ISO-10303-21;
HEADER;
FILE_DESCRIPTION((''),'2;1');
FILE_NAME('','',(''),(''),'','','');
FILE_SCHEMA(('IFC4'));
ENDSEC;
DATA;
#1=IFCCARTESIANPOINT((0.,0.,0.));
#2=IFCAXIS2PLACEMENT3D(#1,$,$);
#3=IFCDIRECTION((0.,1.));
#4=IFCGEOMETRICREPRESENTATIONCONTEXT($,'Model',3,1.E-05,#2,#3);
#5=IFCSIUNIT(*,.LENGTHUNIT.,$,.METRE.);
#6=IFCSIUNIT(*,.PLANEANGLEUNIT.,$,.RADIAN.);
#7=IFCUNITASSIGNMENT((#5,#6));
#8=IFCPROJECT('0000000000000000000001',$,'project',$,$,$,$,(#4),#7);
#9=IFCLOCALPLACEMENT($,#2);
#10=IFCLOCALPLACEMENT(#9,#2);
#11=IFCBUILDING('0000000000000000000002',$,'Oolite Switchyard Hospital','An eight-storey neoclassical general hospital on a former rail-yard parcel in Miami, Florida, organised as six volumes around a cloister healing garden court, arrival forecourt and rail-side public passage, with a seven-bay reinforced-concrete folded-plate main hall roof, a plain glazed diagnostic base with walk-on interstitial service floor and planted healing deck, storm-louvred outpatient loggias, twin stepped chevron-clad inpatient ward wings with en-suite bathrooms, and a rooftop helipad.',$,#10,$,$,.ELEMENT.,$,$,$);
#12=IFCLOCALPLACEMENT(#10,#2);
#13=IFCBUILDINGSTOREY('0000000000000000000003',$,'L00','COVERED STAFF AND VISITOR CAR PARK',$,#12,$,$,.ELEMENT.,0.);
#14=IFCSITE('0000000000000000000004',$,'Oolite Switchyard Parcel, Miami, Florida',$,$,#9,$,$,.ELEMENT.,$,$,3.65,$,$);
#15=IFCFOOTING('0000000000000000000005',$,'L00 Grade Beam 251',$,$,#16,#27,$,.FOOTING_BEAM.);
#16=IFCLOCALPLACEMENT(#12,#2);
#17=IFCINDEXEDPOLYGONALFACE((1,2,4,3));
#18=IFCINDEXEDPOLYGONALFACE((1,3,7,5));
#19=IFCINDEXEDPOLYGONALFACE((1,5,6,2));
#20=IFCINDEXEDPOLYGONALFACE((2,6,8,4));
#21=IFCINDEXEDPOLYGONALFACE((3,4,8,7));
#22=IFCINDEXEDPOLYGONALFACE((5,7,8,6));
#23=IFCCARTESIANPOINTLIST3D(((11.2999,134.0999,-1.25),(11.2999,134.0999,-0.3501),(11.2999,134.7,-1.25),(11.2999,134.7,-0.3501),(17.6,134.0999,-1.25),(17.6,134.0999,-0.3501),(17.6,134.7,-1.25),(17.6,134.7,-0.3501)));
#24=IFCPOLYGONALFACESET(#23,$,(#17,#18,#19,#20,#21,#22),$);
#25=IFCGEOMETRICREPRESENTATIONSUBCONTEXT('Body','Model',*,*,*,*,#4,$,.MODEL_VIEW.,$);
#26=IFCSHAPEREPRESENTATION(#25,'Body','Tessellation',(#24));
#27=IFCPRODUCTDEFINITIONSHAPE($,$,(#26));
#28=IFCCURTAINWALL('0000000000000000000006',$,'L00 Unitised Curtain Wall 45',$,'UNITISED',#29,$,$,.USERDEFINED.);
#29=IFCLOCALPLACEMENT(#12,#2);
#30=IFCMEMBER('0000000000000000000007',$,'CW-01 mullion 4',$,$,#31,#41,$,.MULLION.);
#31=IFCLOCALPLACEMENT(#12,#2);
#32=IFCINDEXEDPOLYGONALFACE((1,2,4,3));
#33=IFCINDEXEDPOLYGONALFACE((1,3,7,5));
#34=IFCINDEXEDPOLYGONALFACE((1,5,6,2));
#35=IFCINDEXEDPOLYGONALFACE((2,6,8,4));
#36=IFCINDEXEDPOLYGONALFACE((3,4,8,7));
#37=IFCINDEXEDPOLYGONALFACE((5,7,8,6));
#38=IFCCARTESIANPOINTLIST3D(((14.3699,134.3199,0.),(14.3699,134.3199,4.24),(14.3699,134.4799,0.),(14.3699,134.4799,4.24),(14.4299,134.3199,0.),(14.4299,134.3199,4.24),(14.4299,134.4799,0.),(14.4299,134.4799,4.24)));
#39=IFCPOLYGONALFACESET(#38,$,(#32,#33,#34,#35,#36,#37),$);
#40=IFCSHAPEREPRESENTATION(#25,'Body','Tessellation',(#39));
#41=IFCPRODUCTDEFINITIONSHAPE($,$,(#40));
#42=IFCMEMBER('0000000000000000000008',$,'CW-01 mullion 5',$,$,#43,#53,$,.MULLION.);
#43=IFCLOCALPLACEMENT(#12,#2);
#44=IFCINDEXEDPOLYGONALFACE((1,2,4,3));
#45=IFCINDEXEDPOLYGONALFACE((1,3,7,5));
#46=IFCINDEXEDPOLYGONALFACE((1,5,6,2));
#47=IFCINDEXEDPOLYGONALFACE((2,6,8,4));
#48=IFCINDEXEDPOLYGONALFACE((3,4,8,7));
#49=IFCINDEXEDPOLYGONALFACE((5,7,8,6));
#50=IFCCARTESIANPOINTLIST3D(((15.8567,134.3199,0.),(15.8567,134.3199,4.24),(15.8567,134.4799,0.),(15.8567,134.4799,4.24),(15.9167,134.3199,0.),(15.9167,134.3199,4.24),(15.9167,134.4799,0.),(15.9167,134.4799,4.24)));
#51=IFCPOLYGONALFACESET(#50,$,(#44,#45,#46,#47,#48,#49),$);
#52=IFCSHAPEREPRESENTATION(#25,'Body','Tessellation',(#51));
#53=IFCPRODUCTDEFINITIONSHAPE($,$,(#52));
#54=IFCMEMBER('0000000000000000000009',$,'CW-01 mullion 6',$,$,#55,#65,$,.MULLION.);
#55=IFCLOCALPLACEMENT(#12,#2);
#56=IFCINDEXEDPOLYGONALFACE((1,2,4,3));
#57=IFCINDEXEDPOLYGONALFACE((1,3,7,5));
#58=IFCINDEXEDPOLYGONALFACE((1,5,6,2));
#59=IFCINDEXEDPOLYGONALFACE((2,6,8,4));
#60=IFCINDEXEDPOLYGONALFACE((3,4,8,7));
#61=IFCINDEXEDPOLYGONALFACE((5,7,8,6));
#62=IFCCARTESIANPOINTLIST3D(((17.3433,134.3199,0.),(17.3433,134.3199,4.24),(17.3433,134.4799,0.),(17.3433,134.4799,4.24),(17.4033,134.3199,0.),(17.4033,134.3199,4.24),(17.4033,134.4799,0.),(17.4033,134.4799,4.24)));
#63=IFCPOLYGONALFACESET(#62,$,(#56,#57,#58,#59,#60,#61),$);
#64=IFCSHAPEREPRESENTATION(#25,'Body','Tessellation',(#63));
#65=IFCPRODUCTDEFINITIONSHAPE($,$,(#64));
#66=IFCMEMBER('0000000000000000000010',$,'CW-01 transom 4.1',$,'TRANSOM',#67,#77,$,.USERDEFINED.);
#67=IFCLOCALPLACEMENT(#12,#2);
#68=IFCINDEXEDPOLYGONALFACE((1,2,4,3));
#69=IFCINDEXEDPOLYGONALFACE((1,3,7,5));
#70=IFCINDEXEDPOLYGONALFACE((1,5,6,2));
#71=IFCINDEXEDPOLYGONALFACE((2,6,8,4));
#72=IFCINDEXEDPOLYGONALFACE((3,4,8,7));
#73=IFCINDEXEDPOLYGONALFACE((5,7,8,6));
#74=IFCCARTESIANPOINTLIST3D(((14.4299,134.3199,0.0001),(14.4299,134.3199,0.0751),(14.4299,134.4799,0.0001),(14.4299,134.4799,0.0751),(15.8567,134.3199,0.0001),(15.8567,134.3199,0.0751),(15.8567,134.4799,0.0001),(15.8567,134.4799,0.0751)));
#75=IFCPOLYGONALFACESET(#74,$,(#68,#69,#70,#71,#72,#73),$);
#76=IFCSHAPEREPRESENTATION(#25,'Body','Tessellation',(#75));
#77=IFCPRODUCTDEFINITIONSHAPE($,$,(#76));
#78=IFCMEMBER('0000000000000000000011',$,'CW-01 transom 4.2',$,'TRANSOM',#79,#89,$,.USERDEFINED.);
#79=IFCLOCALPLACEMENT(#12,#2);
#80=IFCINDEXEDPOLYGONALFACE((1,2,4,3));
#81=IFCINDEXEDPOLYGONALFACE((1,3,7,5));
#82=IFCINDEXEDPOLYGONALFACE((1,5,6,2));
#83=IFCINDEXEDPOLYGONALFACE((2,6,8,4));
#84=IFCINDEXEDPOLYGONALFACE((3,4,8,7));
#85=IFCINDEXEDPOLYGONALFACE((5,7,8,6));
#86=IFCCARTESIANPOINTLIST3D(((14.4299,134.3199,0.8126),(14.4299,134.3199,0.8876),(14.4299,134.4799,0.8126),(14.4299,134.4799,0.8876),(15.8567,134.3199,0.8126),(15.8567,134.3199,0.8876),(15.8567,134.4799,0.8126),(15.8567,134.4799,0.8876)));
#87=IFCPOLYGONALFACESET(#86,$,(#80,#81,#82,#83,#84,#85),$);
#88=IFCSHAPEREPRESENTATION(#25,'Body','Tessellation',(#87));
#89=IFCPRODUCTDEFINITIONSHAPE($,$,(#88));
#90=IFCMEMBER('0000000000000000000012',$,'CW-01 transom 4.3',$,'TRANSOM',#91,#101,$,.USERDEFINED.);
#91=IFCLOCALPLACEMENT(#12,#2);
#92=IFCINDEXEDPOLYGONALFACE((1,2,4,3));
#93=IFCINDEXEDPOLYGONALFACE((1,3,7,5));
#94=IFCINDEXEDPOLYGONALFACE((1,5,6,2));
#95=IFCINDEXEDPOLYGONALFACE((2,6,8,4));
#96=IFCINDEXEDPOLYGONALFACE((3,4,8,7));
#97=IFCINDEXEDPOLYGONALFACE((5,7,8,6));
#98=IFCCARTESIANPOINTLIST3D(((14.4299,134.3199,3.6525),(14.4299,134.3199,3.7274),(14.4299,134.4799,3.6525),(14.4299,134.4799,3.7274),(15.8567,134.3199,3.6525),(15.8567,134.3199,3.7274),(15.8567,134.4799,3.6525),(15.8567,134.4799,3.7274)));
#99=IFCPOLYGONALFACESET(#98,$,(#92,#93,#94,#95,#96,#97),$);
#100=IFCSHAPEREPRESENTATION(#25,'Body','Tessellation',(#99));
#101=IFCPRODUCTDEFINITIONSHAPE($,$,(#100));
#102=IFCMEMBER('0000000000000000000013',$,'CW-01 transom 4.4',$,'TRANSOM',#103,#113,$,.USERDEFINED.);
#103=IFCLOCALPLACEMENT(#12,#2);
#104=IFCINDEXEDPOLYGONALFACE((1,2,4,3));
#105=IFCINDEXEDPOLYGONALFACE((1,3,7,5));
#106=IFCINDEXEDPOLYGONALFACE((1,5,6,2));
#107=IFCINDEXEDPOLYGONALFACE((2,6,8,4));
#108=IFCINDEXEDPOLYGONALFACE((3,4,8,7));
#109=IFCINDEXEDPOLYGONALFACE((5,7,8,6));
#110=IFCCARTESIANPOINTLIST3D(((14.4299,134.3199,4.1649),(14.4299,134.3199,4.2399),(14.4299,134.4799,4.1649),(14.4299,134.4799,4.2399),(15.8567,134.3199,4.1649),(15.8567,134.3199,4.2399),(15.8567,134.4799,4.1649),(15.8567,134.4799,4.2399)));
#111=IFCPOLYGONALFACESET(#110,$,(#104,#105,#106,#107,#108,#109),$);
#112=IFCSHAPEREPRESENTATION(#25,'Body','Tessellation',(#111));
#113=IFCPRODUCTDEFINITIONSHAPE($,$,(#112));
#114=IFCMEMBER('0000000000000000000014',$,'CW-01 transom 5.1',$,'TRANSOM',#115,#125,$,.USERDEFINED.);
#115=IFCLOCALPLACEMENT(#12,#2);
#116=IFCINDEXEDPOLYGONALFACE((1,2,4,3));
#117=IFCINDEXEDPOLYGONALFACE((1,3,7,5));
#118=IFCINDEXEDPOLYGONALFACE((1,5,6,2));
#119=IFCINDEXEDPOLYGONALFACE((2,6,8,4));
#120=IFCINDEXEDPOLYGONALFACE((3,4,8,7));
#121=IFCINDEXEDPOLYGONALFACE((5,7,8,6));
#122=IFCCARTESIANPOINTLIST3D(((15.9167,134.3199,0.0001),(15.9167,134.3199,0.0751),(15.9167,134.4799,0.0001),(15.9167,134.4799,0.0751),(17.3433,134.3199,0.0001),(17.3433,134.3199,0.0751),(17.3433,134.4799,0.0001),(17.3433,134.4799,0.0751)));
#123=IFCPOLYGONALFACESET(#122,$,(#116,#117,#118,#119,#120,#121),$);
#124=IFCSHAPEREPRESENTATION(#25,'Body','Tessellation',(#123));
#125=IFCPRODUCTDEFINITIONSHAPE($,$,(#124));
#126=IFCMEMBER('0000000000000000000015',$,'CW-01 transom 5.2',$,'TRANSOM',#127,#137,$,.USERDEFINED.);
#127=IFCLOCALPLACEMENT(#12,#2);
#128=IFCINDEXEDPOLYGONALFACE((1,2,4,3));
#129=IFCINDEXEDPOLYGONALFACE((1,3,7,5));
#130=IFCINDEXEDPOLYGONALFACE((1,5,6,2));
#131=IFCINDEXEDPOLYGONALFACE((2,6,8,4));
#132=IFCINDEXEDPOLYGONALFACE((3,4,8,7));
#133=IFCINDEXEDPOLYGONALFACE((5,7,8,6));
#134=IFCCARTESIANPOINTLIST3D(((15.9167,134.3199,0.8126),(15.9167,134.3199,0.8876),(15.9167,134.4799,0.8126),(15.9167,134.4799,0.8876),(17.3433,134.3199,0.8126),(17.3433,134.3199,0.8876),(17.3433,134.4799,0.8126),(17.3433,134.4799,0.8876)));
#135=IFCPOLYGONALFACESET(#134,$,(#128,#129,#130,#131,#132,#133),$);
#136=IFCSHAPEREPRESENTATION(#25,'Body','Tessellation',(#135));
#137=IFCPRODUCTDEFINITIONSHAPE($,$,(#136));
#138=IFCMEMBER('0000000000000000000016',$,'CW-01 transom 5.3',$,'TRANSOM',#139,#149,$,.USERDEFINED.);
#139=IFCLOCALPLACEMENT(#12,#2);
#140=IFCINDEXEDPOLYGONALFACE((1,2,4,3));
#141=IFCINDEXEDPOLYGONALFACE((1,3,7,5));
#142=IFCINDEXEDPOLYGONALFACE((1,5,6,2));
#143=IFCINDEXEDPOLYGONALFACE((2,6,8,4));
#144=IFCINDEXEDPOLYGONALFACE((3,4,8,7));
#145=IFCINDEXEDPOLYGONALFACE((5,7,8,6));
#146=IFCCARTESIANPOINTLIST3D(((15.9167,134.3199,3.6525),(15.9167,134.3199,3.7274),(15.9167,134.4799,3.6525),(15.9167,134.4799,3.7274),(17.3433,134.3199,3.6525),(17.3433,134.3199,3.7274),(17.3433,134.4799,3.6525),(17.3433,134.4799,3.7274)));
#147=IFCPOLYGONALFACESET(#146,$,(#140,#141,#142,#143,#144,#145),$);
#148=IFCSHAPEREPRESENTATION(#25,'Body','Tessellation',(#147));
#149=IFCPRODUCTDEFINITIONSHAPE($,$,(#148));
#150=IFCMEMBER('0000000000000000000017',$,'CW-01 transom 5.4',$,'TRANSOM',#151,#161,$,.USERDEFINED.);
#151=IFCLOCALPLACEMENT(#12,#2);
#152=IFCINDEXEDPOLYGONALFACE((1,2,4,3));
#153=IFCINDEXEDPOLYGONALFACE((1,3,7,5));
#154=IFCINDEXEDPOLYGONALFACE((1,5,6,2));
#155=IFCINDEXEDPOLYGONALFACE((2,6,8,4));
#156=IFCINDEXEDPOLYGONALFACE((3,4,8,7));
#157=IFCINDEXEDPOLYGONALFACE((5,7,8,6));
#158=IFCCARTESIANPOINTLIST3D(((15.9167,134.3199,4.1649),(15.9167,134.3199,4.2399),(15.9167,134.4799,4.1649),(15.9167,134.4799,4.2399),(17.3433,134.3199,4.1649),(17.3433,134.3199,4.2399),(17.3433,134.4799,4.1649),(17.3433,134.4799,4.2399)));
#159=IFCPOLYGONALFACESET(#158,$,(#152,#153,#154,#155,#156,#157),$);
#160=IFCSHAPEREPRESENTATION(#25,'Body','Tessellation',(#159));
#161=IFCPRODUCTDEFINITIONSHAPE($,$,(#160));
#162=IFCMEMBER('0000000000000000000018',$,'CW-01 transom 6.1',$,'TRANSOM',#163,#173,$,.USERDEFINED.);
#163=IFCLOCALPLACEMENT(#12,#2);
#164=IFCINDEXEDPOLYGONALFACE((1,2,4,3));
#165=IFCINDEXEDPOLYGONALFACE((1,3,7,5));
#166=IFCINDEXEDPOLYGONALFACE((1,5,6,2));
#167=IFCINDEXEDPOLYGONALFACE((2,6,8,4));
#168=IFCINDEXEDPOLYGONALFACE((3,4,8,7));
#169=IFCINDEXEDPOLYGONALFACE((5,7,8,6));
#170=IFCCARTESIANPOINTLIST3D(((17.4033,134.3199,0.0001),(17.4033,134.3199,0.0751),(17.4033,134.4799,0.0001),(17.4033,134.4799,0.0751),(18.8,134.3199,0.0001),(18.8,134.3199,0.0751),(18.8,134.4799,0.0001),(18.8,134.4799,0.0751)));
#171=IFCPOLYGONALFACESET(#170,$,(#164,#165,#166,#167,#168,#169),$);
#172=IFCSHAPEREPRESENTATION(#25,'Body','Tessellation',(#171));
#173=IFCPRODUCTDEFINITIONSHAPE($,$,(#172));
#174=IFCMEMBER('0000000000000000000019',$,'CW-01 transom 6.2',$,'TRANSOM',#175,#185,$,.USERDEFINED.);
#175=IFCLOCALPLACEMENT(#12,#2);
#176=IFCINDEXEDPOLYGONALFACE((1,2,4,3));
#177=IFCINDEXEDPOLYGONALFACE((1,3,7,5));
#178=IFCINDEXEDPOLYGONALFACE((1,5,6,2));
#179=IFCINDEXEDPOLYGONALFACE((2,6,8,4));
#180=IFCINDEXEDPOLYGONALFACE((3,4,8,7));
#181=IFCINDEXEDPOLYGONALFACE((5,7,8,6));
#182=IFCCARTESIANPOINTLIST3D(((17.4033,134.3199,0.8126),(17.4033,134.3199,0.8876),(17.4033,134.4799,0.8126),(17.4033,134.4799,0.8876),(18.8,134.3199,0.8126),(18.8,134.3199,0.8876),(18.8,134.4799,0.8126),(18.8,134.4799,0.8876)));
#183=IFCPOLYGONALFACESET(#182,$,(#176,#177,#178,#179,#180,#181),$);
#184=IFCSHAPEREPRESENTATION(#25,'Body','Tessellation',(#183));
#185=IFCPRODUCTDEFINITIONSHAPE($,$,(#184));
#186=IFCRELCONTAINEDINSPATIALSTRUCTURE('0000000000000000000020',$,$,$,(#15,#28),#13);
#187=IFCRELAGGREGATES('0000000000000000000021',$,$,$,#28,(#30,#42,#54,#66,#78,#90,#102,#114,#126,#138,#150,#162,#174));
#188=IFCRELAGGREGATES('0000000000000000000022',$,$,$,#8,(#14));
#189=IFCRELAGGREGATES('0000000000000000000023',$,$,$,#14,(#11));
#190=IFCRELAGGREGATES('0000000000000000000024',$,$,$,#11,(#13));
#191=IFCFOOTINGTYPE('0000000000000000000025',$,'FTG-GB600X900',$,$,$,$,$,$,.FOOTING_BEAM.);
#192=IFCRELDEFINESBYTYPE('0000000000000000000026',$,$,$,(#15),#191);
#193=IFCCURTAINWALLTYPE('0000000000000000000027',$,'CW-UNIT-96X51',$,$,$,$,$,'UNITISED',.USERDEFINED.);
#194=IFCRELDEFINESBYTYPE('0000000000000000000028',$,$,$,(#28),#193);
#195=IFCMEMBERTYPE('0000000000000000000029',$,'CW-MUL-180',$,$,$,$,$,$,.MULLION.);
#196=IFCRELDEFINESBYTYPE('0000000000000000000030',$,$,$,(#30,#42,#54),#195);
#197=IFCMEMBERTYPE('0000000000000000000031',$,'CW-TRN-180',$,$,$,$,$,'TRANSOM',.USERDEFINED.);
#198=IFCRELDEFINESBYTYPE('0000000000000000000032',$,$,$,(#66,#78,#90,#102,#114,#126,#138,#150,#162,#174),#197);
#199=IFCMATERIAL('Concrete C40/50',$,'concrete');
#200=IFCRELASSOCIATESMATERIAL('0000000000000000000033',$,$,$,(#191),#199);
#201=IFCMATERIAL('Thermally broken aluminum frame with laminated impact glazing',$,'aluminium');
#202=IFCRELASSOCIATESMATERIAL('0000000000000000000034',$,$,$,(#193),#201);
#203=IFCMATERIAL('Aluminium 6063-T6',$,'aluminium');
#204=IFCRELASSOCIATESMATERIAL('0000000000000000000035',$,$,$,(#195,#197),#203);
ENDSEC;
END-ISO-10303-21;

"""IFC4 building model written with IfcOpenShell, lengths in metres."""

from ifc_helpers import new_model, si_unit, direction, frame, origin, origin_2d, place, context, subcontext, project, spatial, rectangle, extrude, material, material_profile, profile_set, type_object, element, aggregate, save


model = new_model("IFC4")

# Units and contexts
model_context = context("Model", 3, precision=1e-05, world=origin(), true_north=direction((0.0, 1.0)))
body_context = subcontext(model_context, "Body", "Model", "MODEL_VIEW")
ifc_project = project(units=[si_unit("LENGTHUNIT", "METRE"), si_unit("PLANEANGLEUNIT", "RADIAN")], contexts=[model_context])

# Site, building, storey
site_placement = place(None, origin())
site = spatial("IfcSite", under=ifc_project, at=site_placement, Name="Oolite Switchyard Parcel, Miami, Florida", CompositionType="ELEMENT", RefElevation=3.65)
building_placement = place(site_placement, origin())
building = spatial("IfcBuilding", under=site, at=building_placement, Name="Oolite Switchyard Hospital", Description="An eight-storey neoclassical general hospital on a former rail-yard parcel in Miami, Florida, organised as six volumes around a cloister healing garden court, arrival forecourt and rail-side public passage, with a seven-bay reinforced-concrete folded-plate main hall roof, a plain glazed diagnostic base with walk-on interstitial service floor and planted healing deck, storm-louvred outpatient loggias, twin stepped chevron-clad inpatient ward wings with en-suite bathrooms, and a rooftop helipad.", CompositionType="ELEMENT")
storey_placement = place(building_placement, origin())
storey = spatial("IfcBuildingStorey", under=building, at=storey_placement, Name="L00", Description="COVERED STAFF AND VISITOR CAR PARK", CompositionType="ELEMENT", Elevation=0.0)

# Footing
ifc_material_1 = material(Name="Concrete C40/50", Category="concrete")
footing_type = type_object("IfcFootingType", Name="FTG-GB600X900", PredefinedType="FOOTING_BEAM", material=ifc_material_1)
footing_placement = place(storey_placement, frame((14.45, 134.3999, -1.25), z_axis=(0.0, 0.0, 1.0), x_axis=(1.0, 0.0, 0.0)))
element("IfcFooting", 1, at=footing_placement, inside=storey, type_object=footing_type, Name="L00 Grade Beam 251", PredefinedType="FOOTING_BEAM", context=body_context, shape_type="SweptSolid", body=[
    extrude(rectangle(XDim=6.3, YDim=0.6001, at=origin_2d()), origin(), (0.0, 0.0, 1.0), 0.8999),
])

# Curtain wall, members
ifc_material_2 = material(Name="Thermally broken aluminum frame with laminated impact glazing", Category="aluminium")
curtain_wall_type = type_object("IfcCurtainWallType", Name="CW-UNIT-96X51", ElementType="UNITISED", PredefinedType="USERDEFINED", material=ifc_material_2)
curtain_wall_placement = place(storey_placement, origin())
curtain_wall = element("IfcCurtainWall", 2, at=curtain_wall_placement, inside=storey, type_object=curtain_wall_type, Name="L00 Unitised Curtain Wall 45", ObjectType="UNITISED", PredefinedType="USERDEFINED")
ifc_material_3 = material(Name="Aluminium 6063-T6", Category="aluminium")
ifc_material_profile_1 = material_profile(ifc_material_3, rectangle(XDim=0.1599, YDim=0.0601, at=origin_2d()), Name="CWM60X160")
ifc_profile_set_1 = profile_set([ifc_material_profile_1], Name="Aluminium 6063-T6")
member_type_1 = type_object("IfcMemberType", Name="CW-MUL-180", PredefinedType="MULLION", material=ifc_profile_set_1)
member_1_placement = place(storey_placement, frame((14.3999, 134.3999, 0.0), z_axis=(0.0, 0.0, 1.0), x_axis=(0.0, 1.0, 0.0)))
member_1 = element("IfcMember", 3, at=member_1_placement, type_object=member_type_1, Name="CW-01 mullion 4", PredefinedType="MULLION", context=body_context, shape_type="SweptSolid", body=[
    extrude(rectangle(XDim=0.1599, YDim=0.0601, at=origin_2d()), origin(), (0.0, 0.0, 1.0), 4.24),
])
member_2_placement = place(storey_placement, frame((15.8867, 134.3999, 0.0), z_axis=(0.0, 0.0, 1.0), x_axis=(0.0, 1.0, 0.0)))
member_2 = element("IfcMember", 4, at=member_2_placement, type_object=member_type_1, Name="CW-01 mullion 5", PredefinedType="MULLION", context=body_context, shape_type="SweptSolid", body=[
    extrude(rectangle(XDim=0.1599, YDim=0.0601, at=origin_2d()), origin(), (0.0, 0.0, 1.0), 4.24),
])
member_3_placement = place(storey_placement, frame((17.3733, 134.3999, 0.0), z_axis=(0.0, 0.0, 1.0), x_axis=(0.0, 1.0, 0.0)))
member_3 = element("IfcMember", 5, at=member_3_placement, type_object=member_type_1, Name="CW-01 mullion 6", PredefinedType="MULLION", context=body_context, shape_type="SweptSolid", body=[
    extrude(rectangle(XDim=0.1599, YDim=0.0601, at=origin_2d()), origin(), (0.0, 0.0, 1.0), 4.24),
])
ifc_material_profile_2 = material_profile(ifc_material_3, rectangle(XDim=0.1599, YDim=0.075, at=origin_2d()), Name="CWT75X160")
ifc_profile_set_2 = profile_set([ifc_material_profile_2], Name="Aluminium 6063-T6")
member_type_2 = type_object("IfcMemberType", Name="CW-TRN-180", ElementType="TRANSOM", PredefinedType="USERDEFINED", material=ifc_profile_set_2)
member_4_placement = place(storey_placement, frame((14.4299, 134.3999, 0.0376), z_axis=(1.0, 0.0, 0.0), x_axis=(0.0, 1.0, 0.0)))
member_4 = element("IfcMember", 6, at=member_4_placement, type_object=member_type_2, Name="CW-01 transom 4.1", ObjectType="TRANSOM", PredefinedType="USERDEFINED", context=body_context, shape_type="SweptSolid", body=[
    extrude(rectangle(XDim=0.1599, YDim=0.075, at=origin_2d()), origin(), (0.0, 0.0, 1.0), 1.4268),
])
member_5_placement = place(storey_placement, frame((14.4299, 134.3999, 0.8501), z_axis=(1.0, 0.0, 0.0), x_axis=(0.0, 1.0, 0.0)))
member_5 = element("IfcMember", 7, at=member_5_placement, type_object=member_type_2, Name="CW-01 transom 4.2", ObjectType="TRANSOM", PredefinedType="USERDEFINED", context=body_context, shape_type="SweptSolid", body=[
    extrude(rectangle(XDim=0.1599, YDim=0.075, at=origin_2d()), origin(), (0.0, 0.0, 1.0), 1.4268),
])
member_6_placement = place(storey_placement, frame((14.4299, 134.3999, 3.6899), z_axis=(1.0, 0.0, 0.0), x_axis=(0.0, 1.0, 0.0)))
member_6 = element("IfcMember", 8, at=member_6_placement, type_object=member_type_2, Name="CW-01 transom 4.3", ObjectType="TRANSOM", PredefinedType="USERDEFINED", context=body_context, shape_type="SweptSolid", body=[
    extrude(rectangle(XDim=0.1599, YDim=0.075, at=origin_2d()), origin(), (0.0, 0.0, 1.0), 1.4268),
])
member_7_placement = place(storey_placement, frame((14.4299, 134.3999, 4.2024), z_axis=(1.0, 0.0, 0.0), x_axis=(0.0, 1.0, 0.0)))
member_7 = element("IfcMember", 9, at=member_7_placement, type_object=member_type_2, Name="CW-01 transom 4.4", ObjectType="TRANSOM", PredefinedType="USERDEFINED", context=body_context, shape_type="SweptSolid", body=[
    extrude(rectangle(XDim=0.1599, YDim=0.075, at=origin_2d()), origin(), (0.0, 0.0, 1.0), 1.4268),
])
member_8_placement = place(storey_placement, frame((15.9167, 134.3999, 0.0376), z_axis=(1.0, 0.0, 0.0), x_axis=(0.0, 1.0, 0.0)))
member_8 = element("IfcMember", 10, at=member_8_placement, type_object=member_type_2, Name="CW-01 transom 5.1", ObjectType="TRANSOM", PredefinedType="USERDEFINED", context=body_context, shape_type="SweptSolid", body=[
    extrude(rectangle(XDim=0.1599, YDim=0.075, at=origin_2d()), origin(), (0.0, 0.0, 1.0), 1.4265),
])
member_9_placement = place(storey_placement, frame((15.9167, 134.3999, 0.8501), z_axis=(1.0, 0.0, 0.0), x_axis=(0.0, 1.0, 0.0)))
member_9 = element("IfcMember", 11, at=member_9_placement, type_object=member_type_2, Name="CW-01 transom 5.2", ObjectType="TRANSOM", PredefinedType="USERDEFINED", context=body_context, shape_type="SweptSolid", body=[
    extrude(rectangle(XDim=0.1599, YDim=0.075, at=origin_2d()), origin(), (0.0, 0.0, 1.0), 1.4265),
])
member_10_placement = place(storey_placement, frame((15.9167, 134.3999, 3.6899), z_axis=(1.0, 0.0, 0.0), x_axis=(0.0, 1.0, 0.0)))
member_10 = element("IfcMember", 12, at=member_10_placement, type_object=member_type_2, Name="CW-01 transom 5.3", ObjectType="TRANSOM", PredefinedType="USERDEFINED", context=body_context, shape_type="SweptSolid", body=[
    extrude(rectangle(XDim=0.1599, YDim=0.075, at=origin_2d()), origin(), (0.0, 0.0, 1.0), 1.4265),
])
member_11_placement = place(storey_placement, frame((15.9167, 134.3999, 4.2024), z_axis=(1.0, 0.0, 0.0), x_axis=(0.0, 1.0, 0.0)))
member_11 = element("IfcMember", 13, at=member_11_placement, type_object=member_type_2, Name="CW-01 transom 5.4", ObjectType="TRANSOM", PredefinedType="USERDEFINED", context=body_context, shape_type="SweptSolid", body=[
    extrude(rectangle(XDim=0.1599, YDim=0.075, at=origin_2d()), origin(), (0.0, 0.0, 1.0), 1.4265),
])
member_12_placement = place(storey_placement, frame((17.4033, 134.3999, 0.0376), z_axis=(1.0, 0.0, 0.0), x_axis=(0.0, 1.0, 0.0)))
member_12 = element("IfcMember", 14, at=member_12_placement, type_object=member_type_2, Name="CW-01 transom 6.1", ObjectType="TRANSOM", PredefinedType="USERDEFINED", context=body_context, shape_type="SweptSolid", body=[
    extrude(rectangle(XDim=0.1599, YDim=0.075, at=origin_2d()), origin(), (0.0, 0.0, 1.0), 1.3967),
])
member_13_placement = place(storey_placement, frame((17.4033, 134.3999, 0.8501), z_axis=(1.0, 0.0, 0.0), x_axis=(0.0, 1.0, 0.0)))
member_13 = element("IfcMember", 15, at=member_13_placement, type_object=member_type_2, Name="CW-01 transom 6.2", ObjectType="TRANSOM", PredefinedType="USERDEFINED", context=body_context, shape_type="SweptSolid", body=[
    extrude(rectangle(XDim=0.1599, YDim=0.075, at=origin_2d()), origin(), (0.0, 0.0, 1.0), 1.3967),
])
aggregate(curtain_wall, [member_1, member_2, member_3, member_4, member_5, member_6, member_7, member_8, member_9, member_10, member_11, member_12, member_13])

save(model, "model.ifc")
